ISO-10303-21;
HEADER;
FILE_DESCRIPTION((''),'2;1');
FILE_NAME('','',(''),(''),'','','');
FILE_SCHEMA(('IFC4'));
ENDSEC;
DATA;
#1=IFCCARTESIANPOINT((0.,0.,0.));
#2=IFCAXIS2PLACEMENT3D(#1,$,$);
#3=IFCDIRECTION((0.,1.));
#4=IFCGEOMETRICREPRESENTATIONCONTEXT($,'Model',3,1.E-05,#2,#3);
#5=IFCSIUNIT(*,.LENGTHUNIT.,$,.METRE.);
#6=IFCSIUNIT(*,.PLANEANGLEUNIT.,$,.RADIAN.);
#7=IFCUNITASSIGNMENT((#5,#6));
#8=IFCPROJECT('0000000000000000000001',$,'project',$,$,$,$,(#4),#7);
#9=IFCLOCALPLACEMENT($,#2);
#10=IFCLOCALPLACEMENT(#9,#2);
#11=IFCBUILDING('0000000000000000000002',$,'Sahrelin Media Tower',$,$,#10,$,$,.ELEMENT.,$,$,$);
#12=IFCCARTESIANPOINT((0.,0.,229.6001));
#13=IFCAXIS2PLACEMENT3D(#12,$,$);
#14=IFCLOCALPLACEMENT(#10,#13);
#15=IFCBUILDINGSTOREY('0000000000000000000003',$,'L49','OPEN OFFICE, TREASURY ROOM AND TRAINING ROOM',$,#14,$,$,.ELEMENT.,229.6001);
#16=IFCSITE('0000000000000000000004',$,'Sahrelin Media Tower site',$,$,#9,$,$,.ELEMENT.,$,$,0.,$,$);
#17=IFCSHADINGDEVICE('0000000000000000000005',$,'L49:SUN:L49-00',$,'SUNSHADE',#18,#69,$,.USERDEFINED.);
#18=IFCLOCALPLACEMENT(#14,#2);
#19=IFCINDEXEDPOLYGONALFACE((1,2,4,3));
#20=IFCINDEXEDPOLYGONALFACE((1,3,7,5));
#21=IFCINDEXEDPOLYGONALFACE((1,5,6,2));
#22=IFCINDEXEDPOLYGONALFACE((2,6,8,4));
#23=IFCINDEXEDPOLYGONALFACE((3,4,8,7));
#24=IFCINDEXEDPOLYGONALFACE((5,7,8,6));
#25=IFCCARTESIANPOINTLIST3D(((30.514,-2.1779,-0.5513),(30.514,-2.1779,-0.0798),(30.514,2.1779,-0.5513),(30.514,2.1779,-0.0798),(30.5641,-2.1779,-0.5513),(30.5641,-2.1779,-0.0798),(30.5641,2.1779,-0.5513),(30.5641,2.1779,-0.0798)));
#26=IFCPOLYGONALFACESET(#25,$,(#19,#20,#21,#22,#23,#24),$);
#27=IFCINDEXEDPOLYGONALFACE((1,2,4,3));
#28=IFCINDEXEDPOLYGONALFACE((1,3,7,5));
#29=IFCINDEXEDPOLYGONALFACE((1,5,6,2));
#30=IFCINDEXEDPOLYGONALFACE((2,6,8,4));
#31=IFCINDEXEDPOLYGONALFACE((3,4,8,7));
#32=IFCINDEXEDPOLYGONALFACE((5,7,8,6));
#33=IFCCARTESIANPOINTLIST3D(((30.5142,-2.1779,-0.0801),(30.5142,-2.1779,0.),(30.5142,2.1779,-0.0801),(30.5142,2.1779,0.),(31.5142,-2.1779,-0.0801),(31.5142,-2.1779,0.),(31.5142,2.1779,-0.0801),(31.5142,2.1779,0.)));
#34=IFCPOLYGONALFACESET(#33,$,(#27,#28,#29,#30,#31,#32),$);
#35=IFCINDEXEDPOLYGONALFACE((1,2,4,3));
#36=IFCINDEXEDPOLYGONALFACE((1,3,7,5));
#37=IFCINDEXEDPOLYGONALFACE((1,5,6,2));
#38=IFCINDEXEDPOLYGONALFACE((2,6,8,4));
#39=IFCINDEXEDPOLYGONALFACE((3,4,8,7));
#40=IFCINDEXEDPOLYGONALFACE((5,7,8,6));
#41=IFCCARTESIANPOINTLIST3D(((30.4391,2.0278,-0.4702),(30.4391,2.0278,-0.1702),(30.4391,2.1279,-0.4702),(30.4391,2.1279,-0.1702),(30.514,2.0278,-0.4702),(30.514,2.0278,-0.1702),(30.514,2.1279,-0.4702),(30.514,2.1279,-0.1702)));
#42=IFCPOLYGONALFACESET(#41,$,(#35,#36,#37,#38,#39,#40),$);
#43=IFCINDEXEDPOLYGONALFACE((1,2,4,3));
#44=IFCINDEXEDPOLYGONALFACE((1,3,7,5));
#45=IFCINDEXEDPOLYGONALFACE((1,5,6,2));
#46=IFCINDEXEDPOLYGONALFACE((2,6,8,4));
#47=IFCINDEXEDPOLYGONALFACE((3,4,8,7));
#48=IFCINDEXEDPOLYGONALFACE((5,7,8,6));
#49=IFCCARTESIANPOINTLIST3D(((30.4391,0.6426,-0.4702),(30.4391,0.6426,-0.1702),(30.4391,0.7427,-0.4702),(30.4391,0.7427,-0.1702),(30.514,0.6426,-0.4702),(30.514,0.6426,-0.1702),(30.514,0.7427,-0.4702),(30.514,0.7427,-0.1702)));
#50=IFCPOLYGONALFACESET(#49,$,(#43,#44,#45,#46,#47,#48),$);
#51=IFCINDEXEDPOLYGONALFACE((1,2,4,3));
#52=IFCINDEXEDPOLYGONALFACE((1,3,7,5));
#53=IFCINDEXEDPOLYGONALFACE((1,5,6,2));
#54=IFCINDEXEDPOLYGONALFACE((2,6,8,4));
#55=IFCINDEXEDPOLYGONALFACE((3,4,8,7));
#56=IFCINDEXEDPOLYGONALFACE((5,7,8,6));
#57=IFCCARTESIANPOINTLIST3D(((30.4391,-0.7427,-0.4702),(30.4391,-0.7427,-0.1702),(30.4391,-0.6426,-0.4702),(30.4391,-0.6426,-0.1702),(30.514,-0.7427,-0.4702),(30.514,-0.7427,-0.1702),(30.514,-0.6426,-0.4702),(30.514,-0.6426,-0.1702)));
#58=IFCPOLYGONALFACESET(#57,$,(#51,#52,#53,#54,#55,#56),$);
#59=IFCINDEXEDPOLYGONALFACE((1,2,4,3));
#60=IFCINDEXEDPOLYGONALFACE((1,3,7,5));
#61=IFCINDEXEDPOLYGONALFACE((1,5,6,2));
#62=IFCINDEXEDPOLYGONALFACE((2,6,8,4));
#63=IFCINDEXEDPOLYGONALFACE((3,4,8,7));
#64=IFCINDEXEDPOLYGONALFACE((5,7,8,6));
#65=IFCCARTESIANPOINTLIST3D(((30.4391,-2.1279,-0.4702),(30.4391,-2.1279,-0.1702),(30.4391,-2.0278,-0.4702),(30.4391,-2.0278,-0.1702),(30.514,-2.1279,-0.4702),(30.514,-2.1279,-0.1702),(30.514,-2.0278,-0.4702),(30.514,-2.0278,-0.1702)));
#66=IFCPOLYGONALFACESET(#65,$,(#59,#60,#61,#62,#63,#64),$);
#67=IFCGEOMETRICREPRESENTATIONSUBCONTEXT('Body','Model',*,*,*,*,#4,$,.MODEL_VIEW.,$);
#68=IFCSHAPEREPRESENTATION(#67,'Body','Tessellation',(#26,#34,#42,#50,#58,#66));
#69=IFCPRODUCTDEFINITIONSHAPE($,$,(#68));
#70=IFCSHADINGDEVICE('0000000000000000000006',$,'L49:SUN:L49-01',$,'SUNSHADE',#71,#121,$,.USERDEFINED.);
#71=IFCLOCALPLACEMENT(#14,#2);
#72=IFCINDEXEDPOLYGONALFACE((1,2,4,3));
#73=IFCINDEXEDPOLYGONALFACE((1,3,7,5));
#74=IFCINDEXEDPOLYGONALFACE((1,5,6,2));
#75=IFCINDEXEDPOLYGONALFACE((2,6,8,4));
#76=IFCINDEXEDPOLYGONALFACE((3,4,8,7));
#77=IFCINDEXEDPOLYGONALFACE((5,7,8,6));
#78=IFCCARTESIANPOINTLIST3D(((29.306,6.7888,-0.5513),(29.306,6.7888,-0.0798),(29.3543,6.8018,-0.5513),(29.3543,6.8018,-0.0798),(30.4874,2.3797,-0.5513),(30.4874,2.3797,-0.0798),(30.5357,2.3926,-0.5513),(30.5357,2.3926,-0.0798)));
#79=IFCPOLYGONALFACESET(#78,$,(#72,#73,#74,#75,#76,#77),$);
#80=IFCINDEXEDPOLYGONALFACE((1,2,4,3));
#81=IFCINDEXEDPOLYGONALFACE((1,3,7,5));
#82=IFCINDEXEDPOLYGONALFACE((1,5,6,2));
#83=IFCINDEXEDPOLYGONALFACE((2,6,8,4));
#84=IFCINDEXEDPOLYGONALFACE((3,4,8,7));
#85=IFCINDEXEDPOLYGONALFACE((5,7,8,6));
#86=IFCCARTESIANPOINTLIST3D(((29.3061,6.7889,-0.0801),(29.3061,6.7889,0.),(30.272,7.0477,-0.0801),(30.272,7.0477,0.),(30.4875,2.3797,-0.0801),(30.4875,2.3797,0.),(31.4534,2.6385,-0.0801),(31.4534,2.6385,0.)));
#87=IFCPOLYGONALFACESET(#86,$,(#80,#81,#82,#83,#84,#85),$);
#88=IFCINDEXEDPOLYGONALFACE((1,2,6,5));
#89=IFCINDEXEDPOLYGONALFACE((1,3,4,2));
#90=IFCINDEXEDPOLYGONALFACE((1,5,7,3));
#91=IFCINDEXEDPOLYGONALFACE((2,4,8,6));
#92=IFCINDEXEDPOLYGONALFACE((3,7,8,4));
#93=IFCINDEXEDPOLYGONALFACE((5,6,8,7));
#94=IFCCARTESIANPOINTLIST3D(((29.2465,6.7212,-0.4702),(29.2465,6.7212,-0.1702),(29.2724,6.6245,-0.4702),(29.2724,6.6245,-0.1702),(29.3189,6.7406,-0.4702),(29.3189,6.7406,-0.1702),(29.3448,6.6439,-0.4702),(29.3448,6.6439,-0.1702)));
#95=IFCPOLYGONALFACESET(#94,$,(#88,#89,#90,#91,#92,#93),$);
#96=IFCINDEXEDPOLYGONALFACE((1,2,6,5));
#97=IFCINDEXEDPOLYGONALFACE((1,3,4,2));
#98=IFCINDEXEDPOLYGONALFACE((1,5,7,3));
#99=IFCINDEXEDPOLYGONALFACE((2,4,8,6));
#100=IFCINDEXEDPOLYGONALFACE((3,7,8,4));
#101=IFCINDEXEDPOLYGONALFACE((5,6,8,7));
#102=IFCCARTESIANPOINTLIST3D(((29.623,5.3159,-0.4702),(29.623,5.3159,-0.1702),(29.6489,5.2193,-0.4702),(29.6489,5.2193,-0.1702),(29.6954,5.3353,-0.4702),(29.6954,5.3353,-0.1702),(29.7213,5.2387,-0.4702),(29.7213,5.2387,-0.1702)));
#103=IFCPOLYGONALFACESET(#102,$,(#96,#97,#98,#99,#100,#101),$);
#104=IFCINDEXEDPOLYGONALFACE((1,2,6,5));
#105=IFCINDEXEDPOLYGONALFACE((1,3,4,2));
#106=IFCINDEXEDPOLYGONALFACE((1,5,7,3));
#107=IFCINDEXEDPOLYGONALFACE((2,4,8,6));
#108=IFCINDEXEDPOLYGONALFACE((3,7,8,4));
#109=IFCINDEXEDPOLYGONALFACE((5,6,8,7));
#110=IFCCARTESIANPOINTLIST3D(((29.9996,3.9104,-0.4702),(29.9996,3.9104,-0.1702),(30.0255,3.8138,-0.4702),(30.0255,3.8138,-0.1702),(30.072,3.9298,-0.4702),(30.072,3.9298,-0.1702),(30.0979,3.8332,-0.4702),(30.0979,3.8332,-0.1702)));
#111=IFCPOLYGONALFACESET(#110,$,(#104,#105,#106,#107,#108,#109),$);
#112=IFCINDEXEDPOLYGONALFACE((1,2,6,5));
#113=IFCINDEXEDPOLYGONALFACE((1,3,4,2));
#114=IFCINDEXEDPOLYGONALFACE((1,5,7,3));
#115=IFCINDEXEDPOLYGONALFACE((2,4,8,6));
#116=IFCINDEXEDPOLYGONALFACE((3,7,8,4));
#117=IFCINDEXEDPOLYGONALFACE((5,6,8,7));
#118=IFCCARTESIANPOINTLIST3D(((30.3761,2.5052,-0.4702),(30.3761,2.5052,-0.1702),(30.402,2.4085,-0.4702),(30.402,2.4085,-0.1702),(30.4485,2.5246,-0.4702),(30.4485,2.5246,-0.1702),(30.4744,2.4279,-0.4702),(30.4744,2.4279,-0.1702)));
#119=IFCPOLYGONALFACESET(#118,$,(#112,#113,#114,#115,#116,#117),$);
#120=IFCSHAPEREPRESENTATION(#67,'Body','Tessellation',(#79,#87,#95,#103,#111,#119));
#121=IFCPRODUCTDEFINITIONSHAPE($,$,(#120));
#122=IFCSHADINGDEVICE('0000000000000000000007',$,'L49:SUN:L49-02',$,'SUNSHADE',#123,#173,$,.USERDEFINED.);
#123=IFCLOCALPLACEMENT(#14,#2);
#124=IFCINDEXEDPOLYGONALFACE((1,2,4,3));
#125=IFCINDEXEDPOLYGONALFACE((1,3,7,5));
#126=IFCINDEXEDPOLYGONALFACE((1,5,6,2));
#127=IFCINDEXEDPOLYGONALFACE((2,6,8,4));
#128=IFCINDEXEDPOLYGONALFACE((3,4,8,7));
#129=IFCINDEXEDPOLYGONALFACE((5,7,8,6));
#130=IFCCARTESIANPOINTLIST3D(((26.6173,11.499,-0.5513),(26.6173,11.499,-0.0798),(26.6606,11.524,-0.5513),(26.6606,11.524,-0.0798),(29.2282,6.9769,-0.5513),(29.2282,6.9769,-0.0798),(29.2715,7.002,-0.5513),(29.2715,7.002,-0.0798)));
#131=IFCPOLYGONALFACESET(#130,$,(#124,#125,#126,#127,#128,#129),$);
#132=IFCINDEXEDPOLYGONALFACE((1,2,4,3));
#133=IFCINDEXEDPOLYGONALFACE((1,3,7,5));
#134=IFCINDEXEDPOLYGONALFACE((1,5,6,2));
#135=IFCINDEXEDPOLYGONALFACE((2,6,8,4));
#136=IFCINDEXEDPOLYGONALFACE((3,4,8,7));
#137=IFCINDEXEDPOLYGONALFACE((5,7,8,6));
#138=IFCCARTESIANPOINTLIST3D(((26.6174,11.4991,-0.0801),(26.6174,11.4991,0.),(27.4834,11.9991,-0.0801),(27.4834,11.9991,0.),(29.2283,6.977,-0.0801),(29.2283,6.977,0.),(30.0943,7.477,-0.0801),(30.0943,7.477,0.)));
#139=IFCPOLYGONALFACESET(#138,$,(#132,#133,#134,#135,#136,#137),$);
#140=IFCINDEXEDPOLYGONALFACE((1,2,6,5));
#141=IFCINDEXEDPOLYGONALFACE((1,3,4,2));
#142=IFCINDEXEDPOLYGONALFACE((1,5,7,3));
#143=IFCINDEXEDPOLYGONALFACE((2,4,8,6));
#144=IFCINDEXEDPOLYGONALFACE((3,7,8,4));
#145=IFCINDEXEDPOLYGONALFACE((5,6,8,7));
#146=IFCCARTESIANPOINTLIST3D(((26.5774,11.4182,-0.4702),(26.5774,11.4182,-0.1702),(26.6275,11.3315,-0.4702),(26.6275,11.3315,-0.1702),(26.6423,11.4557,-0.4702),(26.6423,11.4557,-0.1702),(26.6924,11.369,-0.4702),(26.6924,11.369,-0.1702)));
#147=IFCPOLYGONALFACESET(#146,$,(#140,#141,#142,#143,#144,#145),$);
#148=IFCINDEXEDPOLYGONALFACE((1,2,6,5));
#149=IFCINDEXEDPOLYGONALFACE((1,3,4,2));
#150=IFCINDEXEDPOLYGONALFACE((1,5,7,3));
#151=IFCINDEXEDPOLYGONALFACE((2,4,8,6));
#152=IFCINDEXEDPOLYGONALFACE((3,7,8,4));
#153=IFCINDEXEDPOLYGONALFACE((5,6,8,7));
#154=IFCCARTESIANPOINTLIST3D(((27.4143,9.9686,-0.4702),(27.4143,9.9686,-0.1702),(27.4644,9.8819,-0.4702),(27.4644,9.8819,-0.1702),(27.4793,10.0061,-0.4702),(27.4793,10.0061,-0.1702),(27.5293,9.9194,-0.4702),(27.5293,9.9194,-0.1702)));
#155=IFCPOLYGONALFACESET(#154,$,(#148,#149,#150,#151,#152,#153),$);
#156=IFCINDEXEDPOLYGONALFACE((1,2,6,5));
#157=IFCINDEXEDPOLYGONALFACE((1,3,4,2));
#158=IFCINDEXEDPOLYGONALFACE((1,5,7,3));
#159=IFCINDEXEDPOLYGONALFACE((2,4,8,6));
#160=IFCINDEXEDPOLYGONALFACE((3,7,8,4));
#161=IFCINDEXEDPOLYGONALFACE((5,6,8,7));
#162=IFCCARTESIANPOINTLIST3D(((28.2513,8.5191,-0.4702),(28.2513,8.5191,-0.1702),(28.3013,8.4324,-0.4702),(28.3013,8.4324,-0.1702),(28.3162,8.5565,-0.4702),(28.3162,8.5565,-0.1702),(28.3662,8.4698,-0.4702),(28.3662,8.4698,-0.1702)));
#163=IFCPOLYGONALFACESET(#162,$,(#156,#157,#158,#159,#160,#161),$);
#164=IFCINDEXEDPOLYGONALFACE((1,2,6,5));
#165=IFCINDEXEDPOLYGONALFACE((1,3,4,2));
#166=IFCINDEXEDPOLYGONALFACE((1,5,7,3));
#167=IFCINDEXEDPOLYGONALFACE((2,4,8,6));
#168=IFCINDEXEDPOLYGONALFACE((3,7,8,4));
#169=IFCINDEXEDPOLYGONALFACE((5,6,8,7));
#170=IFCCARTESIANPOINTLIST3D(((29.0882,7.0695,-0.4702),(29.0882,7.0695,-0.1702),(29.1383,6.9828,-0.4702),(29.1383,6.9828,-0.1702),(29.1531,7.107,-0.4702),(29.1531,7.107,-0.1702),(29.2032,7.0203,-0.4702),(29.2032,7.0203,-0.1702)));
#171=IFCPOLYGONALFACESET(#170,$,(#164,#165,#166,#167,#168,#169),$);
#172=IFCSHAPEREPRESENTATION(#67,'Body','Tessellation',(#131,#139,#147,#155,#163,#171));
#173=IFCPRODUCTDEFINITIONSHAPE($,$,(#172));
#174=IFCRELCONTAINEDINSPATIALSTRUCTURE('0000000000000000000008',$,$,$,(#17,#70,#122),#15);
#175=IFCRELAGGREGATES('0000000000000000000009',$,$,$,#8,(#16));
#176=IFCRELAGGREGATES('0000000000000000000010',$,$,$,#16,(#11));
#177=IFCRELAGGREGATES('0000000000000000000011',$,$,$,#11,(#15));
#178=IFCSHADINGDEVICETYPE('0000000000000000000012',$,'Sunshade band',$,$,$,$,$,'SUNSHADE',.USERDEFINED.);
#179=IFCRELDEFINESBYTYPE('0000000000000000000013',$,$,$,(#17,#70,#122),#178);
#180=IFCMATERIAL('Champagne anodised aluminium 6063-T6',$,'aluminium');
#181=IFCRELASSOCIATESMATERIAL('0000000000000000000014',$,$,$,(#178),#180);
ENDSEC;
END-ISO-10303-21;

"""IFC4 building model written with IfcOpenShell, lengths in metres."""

from ifc_helpers import new_model, si_unit, direction, frame, origin, origin_2d, place, context, subcontext, project, spatial, rectangle, extrude, material, type_object, element, save


model = new_model("IFC4")

# Units and contexts
model_context = context("Model", 3, precision=1e-05, world=origin(), true_north=direction((0.0, 1.0)))
body_context = subcontext(model_context, "Body", "Model", "MODEL_VIEW")
ifc_project = project(units=[si_unit("LENGTHUNIT", "METRE"), si_unit("PLANEANGLEUNIT", "RADIAN")], contexts=[model_context])

# Site, building, storey
site_placement = place(None, origin())
site = spatial("IfcSite", under=ifc_project, at=site_placement, Name="Sahrelin Media Tower site", CompositionType="ELEMENT", RefElevation=0.0)
building_placement = place(site_placement, origin())
building = spatial("IfcBuilding", under=site, at=building_placement, Name="Sahrelin Media Tower", CompositionType="ELEMENT")
storey_placement = place(building_placement, frame((0.0, 0.0, 229.6001)))
storey = spatial("IfcBuildingStorey", under=building, at=storey_placement, Name="L49", Description="OPEN OFFICE, TREASURY ROOM AND TRAINING ROOM", CompositionType="ELEMENT", Elevation=229.6001)

# Shared definitions
ifc_material_1 = material(Name="Champagne anodised aluminium 6063-T6", Category="aluminium")

# Shading devices
placement_1 = place(storey_placement, frame((30.4941, 0.0, 0.0), z_axis=(0.0, 0.0, 1.0), x_axis=(0.0, -1.0, 0.0)))
placement_2 = place(storey_placement, frame((29.8774, 4.5791, 0.0), z_axis=(0.0, 0.0, 1.0), x_axis=(0.258808, -0.965929, 0.0)))
placement_3 = place(storey_placement, frame((27.9055, 9.228, 0.0), z_axis=(0.0, 0.0, 1.0), x_axis=(0.500011, -0.866019, 0.0)))
shading_device_type_1 = type_object("IfcShadingDeviceType", Name="Sunshade band", ElementType="SUNSHADE", PredefinedType="USERDEFINED", material=ifc_material_1)
element("IfcShadingDevice", 1, at=placement_1, inside=storey, type_object=shading_device_type_1, Name="L49:SUN:L49-00", ObjectType="SUNSHADE", PredefinedType="USERDEFINED", context=body_context, shape_type="SweptSolid", body=[
    extrude(rectangle(XDim=4.3557, YDim=0.05, at=origin_2d()), frame((0.0, 0.0449, -0.5513)), (0.0, 0.0, 1.0), 0.4714),
    extrude(rectangle(XDim=4.3557, YDim=1.0, at=origin_2d()), frame((0.0, 0.52, -0.0801)), (0.0, 0.0, 1.0), 0.0801),
    extrude(rectangle(XDim=0.1001, YDim=0.075, at=origin_2d()), frame((-2.0779, -0.0176, -0.4702)), (0.0, 0.0, 1.0), 0.3),
    extrude(rectangle(XDim=0.1001, YDim=0.075, at=origin_2d()), frame((-0.6926, -0.0176, -0.4702)), (0.0, 0.0, 1.0), 0.3),
    extrude(rectangle(XDim=0.1001, YDim=0.075, at=origin_2d()), frame((0.6926, -0.0176, -0.4702)), (0.0, 0.0, 1.0), 0.3),
    extrude(rectangle(XDim=0.1001, YDim=0.075, at=origin_2d()), frame((2.0779, -0.0176, -0.4702)), (0.0, 0.0, 1.0), 0.3),
])
element("IfcShadingDevice", 2, at=placement_2, inside=storey, type_object=shading_device_type_1, Name="L49:SUN:L49-01", ObjectType="SUNSHADE", PredefinedType="USERDEFINED", context=body_context, shape_type="SweptSolid", body=[
    extrude(rectangle(XDim=4.5647, YDim=0.05, at=origin_2d()), frame((0.0, 0.0449, -0.5513)), (0.0, 0.0, 1.0), 0.4714),
    extrude(rectangle(XDim=4.5647, YDim=1.0, at=origin_2d()), frame((0.0, 0.52, -0.0801)), (0.0, 0.0, 1.0), 0.0801),
    extrude(rectangle(XDim=0.1001, YDim=0.075, at=origin_2d()), frame((-2.1824, -0.0176, -0.4702)), (0.0, 0.0, 1.0), 0.3),
    extrude(rectangle(XDim=0.1001, YDim=0.075, at=origin_2d()), frame((-0.7275, -0.0176, -0.4702)), (0.0, 0.0, 1.0), 0.3),
    extrude(rectangle(XDim=0.1001, YDim=0.075, at=origin_2d()), frame((0.7275, -0.0176, -0.4702)), (0.0, 0.0, 1.0), 0.3),
    extrude(rectangle(XDim=0.1001, YDim=0.075, at=origin_2d()), frame((2.1824, -0.0176, -0.4702)), (0.0, 0.0, 1.0), 0.3),
])
element("IfcShadingDevice", 3, at=placement_3, inside=storey, type_object=shading_device_type_1, Name="L49:SUN:L49-02", ObjectType="SUNSHADE", PredefinedType="USERDEFINED", context=body_context, shape_type="SweptSolid", body=[
    extrude(rectangle(XDim=5.2217, YDim=0.05, at=origin_2d()), frame((0.0, 0.0449, -0.5513)), (0.0, 0.0, 1.0), 0.4714),
    extrude(rectangle(XDim=5.2217, YDim=1.0, at=origin_2d()), frame((0.0, 0.52, -0.0801)), (0.0, 0.0, 1.0), 0.0801),
    extrude(rectangle(XDim=0.1001, YDim=0.075, at=origin_2d()), frame((-2.5107, -0.0176, -0.4702)), (0.0, 0.0, 1.0), 0.3),
    extrude(rectangle(XDim=0.1001, YDim=0.075, at=origin_2d()), frame((-0.8369, -0.0176, -0.4702)), (0.0, 0.0, 1.0), 0.3),
    extrude(rectangle(XDim=0.1001, YDim=0.075, at=origin_2d()), frame((0.8369, -0.0176, -0.4702)), (0.0, 0.0, 1.0), 0.3),
    extrude(rectangle(XDim=0.1001, YDim=0.075, at=origin_2d()), frame((2.5107, -0.0176, -0.4702)), (0.0, 0.0, 1.0), 0.3),
])

save(model, "model.ifc")
